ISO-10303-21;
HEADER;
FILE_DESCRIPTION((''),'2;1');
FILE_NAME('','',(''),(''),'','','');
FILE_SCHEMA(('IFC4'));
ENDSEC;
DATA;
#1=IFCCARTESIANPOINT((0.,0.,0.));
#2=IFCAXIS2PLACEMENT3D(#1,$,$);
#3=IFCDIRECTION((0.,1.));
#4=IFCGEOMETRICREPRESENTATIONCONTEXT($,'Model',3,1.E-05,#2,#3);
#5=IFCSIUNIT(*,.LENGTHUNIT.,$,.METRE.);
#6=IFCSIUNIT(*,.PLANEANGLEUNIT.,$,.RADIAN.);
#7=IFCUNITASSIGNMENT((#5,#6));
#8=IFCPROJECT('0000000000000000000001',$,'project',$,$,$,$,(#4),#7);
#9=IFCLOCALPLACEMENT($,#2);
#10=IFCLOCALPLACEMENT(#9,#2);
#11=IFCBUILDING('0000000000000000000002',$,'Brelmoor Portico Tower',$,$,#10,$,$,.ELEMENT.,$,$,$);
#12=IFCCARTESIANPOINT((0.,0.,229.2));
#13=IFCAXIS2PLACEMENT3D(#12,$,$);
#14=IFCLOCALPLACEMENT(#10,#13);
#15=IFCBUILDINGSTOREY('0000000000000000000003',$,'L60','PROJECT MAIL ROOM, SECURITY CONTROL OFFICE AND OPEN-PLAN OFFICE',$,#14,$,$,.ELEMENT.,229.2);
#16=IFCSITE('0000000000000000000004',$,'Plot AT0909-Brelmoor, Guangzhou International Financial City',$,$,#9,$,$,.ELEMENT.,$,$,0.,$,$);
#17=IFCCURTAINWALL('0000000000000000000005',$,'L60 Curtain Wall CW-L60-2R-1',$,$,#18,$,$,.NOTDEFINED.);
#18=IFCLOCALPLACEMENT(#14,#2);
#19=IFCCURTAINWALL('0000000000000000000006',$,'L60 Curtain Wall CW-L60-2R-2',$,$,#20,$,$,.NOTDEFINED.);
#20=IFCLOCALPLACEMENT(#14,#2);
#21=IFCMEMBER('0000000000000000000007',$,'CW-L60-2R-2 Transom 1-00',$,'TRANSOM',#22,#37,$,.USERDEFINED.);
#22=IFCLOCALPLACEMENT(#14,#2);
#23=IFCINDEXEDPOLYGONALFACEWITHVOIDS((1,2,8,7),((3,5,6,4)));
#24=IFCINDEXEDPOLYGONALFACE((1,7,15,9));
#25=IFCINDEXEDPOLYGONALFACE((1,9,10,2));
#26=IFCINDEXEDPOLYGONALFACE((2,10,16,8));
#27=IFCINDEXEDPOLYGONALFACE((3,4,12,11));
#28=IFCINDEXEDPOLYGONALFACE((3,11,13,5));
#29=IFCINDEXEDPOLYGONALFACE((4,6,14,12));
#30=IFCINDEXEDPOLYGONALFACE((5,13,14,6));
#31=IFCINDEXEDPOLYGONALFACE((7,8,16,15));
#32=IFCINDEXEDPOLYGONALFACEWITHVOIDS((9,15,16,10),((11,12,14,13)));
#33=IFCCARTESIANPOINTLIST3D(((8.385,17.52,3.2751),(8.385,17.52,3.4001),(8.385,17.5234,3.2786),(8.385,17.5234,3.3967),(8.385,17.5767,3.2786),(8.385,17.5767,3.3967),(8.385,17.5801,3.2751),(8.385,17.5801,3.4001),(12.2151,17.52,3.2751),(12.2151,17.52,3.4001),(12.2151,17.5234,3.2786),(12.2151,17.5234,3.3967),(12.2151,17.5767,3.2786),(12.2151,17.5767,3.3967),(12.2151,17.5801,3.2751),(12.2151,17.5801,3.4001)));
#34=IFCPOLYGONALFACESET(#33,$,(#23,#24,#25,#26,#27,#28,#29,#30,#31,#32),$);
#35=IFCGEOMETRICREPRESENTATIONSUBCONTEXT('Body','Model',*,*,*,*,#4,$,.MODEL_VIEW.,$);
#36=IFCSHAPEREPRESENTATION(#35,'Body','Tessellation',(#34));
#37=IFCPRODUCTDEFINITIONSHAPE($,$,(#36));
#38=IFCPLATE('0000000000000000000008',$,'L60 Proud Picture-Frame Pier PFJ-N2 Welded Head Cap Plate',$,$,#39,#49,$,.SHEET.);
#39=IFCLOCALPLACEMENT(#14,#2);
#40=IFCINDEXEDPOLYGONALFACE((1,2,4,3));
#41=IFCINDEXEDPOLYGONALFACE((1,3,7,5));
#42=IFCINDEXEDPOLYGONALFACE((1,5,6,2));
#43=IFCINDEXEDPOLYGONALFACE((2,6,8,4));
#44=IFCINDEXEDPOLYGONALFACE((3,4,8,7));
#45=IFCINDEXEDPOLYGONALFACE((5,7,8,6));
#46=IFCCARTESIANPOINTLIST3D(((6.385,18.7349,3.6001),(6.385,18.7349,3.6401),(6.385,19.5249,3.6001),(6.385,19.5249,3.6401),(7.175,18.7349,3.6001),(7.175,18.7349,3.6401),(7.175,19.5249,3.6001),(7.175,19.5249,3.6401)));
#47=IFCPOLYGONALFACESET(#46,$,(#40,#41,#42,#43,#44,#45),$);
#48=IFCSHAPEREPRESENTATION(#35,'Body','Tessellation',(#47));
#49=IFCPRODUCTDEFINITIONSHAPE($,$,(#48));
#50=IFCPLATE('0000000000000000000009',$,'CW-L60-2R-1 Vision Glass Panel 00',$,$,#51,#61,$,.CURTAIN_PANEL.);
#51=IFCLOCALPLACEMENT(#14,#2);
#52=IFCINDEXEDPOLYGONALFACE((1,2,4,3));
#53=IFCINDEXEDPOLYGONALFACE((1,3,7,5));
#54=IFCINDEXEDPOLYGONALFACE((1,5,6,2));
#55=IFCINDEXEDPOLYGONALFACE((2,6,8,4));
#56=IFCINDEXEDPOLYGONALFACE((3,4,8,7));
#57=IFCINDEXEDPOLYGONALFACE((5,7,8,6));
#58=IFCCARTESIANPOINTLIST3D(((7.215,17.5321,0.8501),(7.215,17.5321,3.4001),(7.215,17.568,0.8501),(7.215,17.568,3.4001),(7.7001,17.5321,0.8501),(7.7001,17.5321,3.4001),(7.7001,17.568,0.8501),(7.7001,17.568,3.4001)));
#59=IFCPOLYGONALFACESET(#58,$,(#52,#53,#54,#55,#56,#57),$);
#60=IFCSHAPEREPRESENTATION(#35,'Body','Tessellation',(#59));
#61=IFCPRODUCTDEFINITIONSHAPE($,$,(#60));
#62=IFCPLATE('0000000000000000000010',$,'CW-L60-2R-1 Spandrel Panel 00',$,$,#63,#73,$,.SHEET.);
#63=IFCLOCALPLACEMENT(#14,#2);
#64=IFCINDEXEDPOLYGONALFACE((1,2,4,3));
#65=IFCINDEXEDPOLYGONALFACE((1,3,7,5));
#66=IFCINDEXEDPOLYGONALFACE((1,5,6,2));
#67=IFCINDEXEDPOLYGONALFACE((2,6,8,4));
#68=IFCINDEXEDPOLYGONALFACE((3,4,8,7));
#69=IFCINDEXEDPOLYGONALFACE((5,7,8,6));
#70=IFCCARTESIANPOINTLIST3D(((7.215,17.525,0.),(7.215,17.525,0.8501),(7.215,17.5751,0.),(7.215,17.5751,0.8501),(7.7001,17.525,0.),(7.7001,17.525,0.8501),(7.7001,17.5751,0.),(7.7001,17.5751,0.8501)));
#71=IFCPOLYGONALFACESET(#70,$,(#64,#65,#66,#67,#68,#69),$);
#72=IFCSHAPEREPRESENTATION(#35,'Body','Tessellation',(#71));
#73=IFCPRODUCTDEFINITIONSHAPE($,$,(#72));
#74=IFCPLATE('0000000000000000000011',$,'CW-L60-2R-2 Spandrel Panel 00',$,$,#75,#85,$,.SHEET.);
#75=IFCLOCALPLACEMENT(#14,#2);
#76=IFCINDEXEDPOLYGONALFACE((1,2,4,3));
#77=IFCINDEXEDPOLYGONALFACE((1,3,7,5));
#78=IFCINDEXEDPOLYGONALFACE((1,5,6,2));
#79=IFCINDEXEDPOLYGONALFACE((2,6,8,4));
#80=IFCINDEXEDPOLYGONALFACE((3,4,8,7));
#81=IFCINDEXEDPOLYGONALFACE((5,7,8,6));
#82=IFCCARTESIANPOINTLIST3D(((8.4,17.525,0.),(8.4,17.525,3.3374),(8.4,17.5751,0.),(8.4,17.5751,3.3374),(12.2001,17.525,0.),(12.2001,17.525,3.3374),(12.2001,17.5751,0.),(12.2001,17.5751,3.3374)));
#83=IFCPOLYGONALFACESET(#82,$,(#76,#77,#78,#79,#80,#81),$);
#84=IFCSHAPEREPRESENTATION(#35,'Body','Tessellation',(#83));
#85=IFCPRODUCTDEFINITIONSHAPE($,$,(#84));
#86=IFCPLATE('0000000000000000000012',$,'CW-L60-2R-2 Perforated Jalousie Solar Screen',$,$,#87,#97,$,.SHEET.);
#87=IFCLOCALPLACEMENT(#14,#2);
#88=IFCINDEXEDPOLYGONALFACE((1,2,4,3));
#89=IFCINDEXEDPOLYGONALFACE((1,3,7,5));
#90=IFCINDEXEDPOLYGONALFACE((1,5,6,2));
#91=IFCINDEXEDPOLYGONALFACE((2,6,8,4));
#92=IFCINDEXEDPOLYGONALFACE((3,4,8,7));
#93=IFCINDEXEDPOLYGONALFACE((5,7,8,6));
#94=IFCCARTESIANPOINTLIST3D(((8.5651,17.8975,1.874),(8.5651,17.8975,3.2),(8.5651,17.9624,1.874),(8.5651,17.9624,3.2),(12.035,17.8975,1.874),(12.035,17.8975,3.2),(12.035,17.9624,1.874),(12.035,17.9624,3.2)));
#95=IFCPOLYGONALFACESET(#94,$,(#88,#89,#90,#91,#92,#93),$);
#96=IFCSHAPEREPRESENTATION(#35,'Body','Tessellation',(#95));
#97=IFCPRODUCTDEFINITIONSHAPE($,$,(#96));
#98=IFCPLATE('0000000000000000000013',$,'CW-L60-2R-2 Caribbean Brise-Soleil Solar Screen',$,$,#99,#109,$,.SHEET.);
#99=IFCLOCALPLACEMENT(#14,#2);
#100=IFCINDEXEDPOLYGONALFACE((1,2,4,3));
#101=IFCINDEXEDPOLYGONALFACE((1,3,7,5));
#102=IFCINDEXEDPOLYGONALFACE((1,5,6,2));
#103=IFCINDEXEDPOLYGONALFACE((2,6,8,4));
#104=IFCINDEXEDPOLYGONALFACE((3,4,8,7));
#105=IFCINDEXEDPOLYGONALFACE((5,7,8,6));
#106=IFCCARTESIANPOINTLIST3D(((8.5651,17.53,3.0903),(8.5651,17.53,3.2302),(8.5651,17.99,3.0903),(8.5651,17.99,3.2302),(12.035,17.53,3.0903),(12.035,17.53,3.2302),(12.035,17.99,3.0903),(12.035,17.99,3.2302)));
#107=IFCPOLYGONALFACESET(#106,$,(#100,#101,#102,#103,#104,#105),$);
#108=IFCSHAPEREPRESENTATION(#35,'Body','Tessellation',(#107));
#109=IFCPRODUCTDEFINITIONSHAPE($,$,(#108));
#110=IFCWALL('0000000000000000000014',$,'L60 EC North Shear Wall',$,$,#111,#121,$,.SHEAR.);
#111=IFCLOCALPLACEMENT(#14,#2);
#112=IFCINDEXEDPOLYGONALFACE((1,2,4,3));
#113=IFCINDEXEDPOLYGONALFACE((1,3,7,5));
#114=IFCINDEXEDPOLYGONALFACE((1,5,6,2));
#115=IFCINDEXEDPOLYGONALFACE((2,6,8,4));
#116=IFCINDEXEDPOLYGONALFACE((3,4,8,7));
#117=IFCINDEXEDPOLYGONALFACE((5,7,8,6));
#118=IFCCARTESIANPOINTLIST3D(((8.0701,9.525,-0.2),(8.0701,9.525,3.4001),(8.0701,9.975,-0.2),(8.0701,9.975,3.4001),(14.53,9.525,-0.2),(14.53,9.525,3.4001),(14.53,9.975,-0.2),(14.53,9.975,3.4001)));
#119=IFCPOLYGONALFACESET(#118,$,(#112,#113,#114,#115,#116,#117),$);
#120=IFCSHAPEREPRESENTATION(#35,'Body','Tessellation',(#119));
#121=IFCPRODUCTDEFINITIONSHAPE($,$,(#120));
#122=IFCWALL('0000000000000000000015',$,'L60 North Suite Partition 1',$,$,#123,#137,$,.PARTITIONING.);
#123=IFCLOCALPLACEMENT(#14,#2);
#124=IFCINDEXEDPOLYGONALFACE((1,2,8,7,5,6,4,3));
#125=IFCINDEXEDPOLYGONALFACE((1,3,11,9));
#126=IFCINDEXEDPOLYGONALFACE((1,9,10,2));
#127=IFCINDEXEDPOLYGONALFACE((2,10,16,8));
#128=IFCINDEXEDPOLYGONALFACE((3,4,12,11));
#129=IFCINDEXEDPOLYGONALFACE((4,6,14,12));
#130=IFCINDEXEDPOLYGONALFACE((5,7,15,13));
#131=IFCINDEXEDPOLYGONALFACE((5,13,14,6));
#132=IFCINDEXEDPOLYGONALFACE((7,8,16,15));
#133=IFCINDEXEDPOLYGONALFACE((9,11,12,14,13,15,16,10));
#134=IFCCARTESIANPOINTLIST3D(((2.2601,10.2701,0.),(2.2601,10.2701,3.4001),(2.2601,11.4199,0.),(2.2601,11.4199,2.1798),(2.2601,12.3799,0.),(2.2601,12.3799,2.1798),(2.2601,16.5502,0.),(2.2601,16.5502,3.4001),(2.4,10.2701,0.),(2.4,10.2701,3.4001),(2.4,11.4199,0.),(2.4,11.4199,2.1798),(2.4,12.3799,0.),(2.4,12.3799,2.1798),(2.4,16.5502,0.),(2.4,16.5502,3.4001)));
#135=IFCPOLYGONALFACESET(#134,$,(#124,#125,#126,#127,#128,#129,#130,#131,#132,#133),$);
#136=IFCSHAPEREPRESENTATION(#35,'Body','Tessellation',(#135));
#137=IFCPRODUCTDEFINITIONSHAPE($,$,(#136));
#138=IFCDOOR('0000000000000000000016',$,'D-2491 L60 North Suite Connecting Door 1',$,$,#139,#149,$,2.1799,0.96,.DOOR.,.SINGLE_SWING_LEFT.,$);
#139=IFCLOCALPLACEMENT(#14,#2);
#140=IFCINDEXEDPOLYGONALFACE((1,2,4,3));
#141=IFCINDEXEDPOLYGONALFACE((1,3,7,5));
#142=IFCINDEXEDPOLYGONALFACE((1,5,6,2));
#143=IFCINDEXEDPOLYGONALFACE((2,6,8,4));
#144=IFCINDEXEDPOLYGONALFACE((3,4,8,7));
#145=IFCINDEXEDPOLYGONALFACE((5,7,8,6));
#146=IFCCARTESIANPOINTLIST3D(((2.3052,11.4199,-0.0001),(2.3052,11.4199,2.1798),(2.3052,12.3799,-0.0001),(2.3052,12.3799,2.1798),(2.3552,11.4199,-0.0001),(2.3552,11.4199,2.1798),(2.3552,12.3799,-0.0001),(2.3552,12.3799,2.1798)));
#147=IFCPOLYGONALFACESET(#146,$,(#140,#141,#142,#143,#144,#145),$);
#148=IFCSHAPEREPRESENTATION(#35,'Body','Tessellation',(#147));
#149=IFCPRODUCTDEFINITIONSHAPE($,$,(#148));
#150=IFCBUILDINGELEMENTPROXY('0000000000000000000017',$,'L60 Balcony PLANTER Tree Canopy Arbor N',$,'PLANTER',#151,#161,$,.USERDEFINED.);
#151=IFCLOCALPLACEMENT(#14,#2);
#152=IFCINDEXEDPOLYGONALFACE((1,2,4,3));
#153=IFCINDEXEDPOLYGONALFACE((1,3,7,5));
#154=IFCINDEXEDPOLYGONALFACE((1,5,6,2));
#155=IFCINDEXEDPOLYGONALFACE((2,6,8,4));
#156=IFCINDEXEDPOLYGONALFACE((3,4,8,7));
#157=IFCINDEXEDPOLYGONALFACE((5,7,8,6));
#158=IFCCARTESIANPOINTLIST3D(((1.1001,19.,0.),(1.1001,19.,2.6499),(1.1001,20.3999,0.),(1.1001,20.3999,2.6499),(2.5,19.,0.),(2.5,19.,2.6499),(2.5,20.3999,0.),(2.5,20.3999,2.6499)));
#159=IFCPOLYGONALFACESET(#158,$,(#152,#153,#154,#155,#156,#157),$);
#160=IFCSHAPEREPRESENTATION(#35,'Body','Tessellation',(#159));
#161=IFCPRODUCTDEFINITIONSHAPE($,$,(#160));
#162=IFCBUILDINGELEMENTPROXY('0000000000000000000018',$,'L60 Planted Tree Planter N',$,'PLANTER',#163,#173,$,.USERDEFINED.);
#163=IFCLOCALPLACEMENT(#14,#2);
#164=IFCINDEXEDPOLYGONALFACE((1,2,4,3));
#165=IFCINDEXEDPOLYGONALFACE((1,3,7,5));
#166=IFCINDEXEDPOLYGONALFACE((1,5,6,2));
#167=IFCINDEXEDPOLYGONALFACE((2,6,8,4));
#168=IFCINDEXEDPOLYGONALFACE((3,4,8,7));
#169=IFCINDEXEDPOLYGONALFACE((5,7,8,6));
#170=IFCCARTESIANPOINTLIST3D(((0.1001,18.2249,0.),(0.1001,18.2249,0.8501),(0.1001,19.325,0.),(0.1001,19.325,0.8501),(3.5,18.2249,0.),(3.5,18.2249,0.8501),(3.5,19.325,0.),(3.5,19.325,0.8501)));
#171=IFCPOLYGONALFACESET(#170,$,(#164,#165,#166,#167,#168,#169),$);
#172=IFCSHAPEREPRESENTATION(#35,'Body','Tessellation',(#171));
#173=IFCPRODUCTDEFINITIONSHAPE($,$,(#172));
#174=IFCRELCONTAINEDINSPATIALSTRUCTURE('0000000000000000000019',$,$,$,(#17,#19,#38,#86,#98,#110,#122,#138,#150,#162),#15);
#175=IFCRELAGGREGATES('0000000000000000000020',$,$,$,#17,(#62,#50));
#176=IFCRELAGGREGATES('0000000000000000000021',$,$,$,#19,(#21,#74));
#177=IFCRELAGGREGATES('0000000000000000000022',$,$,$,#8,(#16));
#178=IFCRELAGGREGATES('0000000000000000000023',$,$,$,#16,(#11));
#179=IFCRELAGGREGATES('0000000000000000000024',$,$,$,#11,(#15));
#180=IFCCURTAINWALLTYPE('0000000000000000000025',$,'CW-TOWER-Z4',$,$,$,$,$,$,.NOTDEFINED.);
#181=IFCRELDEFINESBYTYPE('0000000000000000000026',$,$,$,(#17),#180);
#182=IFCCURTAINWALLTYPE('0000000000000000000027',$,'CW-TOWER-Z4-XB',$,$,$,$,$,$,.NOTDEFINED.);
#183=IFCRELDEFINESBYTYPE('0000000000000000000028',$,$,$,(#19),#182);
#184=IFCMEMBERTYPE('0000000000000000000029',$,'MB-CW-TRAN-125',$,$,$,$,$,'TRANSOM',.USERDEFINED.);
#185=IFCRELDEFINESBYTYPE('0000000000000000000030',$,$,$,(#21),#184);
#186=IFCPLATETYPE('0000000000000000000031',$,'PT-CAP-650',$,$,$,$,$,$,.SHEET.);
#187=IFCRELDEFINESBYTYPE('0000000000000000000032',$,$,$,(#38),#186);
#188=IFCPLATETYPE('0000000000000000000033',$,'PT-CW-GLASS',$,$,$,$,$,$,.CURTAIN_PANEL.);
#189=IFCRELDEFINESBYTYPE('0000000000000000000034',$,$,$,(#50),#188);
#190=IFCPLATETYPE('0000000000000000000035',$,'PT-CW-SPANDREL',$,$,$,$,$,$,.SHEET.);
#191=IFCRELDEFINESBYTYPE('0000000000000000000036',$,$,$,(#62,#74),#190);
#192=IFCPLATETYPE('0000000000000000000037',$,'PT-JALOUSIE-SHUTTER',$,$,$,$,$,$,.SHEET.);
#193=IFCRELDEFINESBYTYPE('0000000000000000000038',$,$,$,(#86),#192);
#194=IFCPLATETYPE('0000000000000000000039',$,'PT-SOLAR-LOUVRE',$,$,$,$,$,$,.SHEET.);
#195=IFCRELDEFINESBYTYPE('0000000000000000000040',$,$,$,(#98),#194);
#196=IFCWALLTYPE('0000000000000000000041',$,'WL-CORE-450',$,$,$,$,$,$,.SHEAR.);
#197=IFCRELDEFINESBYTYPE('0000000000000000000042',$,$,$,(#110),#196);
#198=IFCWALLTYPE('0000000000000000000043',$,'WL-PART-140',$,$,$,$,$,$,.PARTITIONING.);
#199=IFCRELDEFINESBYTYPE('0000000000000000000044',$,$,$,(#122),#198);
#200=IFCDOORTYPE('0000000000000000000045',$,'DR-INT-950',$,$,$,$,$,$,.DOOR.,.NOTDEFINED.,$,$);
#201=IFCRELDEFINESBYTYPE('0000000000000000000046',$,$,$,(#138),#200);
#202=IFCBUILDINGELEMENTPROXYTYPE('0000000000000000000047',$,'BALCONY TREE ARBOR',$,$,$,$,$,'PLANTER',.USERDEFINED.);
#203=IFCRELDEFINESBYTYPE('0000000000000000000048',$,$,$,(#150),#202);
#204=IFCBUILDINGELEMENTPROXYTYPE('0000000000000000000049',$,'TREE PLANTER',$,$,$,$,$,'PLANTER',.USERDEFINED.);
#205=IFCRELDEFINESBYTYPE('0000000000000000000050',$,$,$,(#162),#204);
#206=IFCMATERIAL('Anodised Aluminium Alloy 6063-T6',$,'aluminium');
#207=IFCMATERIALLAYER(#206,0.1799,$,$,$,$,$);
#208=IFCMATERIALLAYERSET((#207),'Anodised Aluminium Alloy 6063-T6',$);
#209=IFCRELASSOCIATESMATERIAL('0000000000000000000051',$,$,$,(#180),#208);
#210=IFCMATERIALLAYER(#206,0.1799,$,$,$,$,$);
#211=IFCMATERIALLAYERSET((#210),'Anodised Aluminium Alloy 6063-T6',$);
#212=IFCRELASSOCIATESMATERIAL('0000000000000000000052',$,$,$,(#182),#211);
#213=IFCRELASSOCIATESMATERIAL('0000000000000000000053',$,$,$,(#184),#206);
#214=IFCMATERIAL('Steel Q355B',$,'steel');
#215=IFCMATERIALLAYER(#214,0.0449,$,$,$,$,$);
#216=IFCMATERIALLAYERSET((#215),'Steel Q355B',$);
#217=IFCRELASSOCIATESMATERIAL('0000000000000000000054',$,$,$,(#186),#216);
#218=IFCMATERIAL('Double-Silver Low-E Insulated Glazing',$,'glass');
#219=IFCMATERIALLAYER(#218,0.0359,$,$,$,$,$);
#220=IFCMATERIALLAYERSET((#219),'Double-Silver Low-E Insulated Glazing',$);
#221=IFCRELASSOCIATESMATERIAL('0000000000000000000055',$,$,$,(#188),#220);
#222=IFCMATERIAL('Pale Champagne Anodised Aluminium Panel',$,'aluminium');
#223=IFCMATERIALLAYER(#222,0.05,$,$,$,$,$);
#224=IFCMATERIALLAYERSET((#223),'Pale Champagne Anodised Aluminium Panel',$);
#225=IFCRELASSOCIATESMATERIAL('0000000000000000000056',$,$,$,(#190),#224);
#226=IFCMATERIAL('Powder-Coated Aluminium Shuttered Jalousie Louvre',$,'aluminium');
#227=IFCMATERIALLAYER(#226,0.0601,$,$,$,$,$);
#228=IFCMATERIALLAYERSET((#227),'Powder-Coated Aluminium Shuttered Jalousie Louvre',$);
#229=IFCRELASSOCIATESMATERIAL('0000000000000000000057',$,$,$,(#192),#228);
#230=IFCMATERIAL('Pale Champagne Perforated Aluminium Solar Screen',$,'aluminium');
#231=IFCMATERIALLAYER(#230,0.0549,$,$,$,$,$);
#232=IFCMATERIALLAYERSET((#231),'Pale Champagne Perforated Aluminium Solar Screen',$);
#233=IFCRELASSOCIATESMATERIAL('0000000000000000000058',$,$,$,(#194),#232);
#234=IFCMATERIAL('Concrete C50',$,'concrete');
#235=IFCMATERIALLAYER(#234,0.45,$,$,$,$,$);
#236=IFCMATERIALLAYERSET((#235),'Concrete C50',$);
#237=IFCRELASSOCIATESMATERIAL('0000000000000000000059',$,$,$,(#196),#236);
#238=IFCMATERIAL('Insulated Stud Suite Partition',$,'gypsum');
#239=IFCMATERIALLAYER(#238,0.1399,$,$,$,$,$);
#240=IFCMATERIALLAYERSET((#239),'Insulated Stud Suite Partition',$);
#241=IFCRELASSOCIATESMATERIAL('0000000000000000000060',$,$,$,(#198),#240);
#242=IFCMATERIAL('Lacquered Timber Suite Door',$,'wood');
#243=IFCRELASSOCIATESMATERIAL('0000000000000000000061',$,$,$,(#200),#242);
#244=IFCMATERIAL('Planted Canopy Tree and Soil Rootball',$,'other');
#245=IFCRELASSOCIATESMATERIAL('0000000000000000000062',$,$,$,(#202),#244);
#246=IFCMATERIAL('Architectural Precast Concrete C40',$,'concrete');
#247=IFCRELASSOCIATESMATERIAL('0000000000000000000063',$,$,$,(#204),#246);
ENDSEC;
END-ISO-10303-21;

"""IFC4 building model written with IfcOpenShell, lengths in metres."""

from ifc_helpers import new_model, si_unit, direction, frame, frame_2d, origin, origin_2d, place, context, subcontext, project, spatial, rectangle, hollow_rectangle, extrude, material, layer, layer_set, material_profile, profile_set, type_object, element, fill, aggregate, save


model = new_model("IFC4")

# Units and contexts
model_context = context("Model", 3, precision=1e-05, world=origin(), true_north=direction((0.0, 1.0)))
body_context = subcontext(model_context, "Body", "Model", "MODEL_VIEW")
ifc_project = project(units=[si_unit("LENGTHUNIT", "METRE"), si_unit("PLANEANGLEUNIT", "RADIAN")], contexts=[model_context])

# Site, building, storey
site_placement = place(None, origin())
site = spatial("IfcSite", under=ifc_project, at=site_placement, Name="Plot AT0909-Brelmoor, Guangzhou International Financial City", CompositionType="ELEMENT", RefElevation=0.0)
building_placement = place(site_placement, origin())
building = spatial("IfcBuilding", under=site, at=building_placement, Name="Brelmoor Portico Tower", CompositionType="ELEMENT")
storey_placement = place(building_placement, frame((0.0, 0.0, 229.2)))
storey = spatial("IfcBuildingStorey", under=building, at=storey_placement, Name="L60", Description="PROJECT MAIL ROOM, SECURITY CONTROL OFFICE AND OPEN-PLAN OFFICE", CompositionType="ELEMENT", Elevation=229.2)

# Shared definitions
ifc_material_1 = material(Name="Steel Q355B", Category="steel")

# Curtain walls
ifc_material_2 = material(Name="Anodised Aluminium Alloy 6063-T6", Category="aluminium")
ifc_layer_1 = layer(ifc_material_2, 0.1799)
ifc_layer_set_1 = layer_set([ifc_layer_1], Name="Anodised Aluminium Alloy 6063-T6")
curtain_wall_type_1 = type_object("IfcCurtainWallType", Name="CW-TOWER-Z4", PredefinedType="NOTDEFINED", material=ifc_layer_set_1)
curtain_wall_1_placement = place(storey_placement, origin())
curtain_wall_1 = element("IfcCurtainWall", 1, at=curtain_wall_1_placement, inside=storey, type_object=curtain_wall_type_1, Name="L60 Curtain Wall CW-L60-2R-1", PredefinedType="NOTDEFINED")
ifc_layer_2 = layer(ifc_material_2, 0.1799)
ifc_layer_set_2 = layer_set([ifc_layer_2], Name="Anodised Aluminium Alloy 6063-T6")
curtain_wall_type_2 = type_object("IfcCurtainWallType", Name="CW-TOWER-Z4-XB", PredefinedType="NOTDEFINED", material=ifc_layer_set_2)
curtain_wall_2_placement = place(storey_placement, origin())
curtain_wall_2 = element("IfcCurtainWall", 2, at=curtain_wall_2_placement, inside=storey, type_object=curtain_wall_type_2, Name="L60 Curtain Wall CW-L60-2R-2", PredefinedType="NOTDEFINED")

# Member
ifc_material_profile_1 = material_profile(ifc_material_2, hollow_rectangle(XDim=0.0601, YDim=0.125, WallThickness=0.0034, at=origin_2d()), Name="ALU TRANSOM 60x125")
ifc_profile_set_1 = profile_set([ifc_material_profile_1], Name="Anodised Aluminium Alloy 6063-T6")
member_type_1 = type_object("IfcMemberType", Name="MB-CW-TRAN-125", ElementType="TRANSOM", PredefinedType="USERDEFINED", material=ifc_profile_set_1)
member_1_placement = place(storey_placement, frame((8.385, 17.55, 3.3376), z_axis=(1.0, 0.0, 0.0), x_axis=(0.0, 1.0, 0.0)))
member_1 = element("IfcMember", 3, at=member_1_placement, type_object=member_type_1, Name="CW-L60-2R-2 Transom 1-00", ObjectType="TRANSOM", PredefinedType="USERDEFINED", context=body_context, shape_type="SweptSolid", body=[
    extrude(hollow_rectangle(XDim=0.0601, YDim=0.125, WallThickness=0.0034, at=origin_2d()), origin(), (0.0, 0.0, 1.0), 3.8301),
])

# Plates
ifc_layer_3 = layer(ifc_material_1, 0.0449)
ifc_layer_set_3 = layer_set([ifc_layer_3], Name="Steel Q355B")
plate_type_1 = type_object("IfcPlateType", Name="PT-CAP-650", PredefinedType="SHEET", material=ifc_layer_set_3)
plate_1_placement = place(storey_placement, frame((6.78, 19.1299, 3.6001), z_axis=(0.0, 0.0, 1.0), x_axis=(1.0, 0.0, 0.0)))
element("IfcPlate", 4, at=plate_1_placement, inside=storey, type_object=plate_type_1, Name="L60 Proud Picture-Frame Pier PFJ-N2 Welded Head Cap Plate", PredefinedType="SHEET", context=body_context, shape_type="SweptSolid", body=[
    extrude(rectangle(XDim=0.79, YDim=0.79, at=origin_2d()), origin(), (0.0, 0.0, 1.0), 0.04),
])
ifc_material_3 = material(Name="Double-Silver Low-E Insulated Glazing", Category="glass")
ifc_layer_4 = layer(ifc_material_3, 0.0359)
ifc_layer_set_4 = layer_set([ifc_layer_4], Name="Double-Silver Low-E Insulated Glazing")
plate_type_2 = type_object("IfcPlateType", Name="PT-CW-GLASS", PredefinedType="CURTAIN_PANEL", material=ifc_layer_set_4)
plate_2_placement = place(storey_placement, frame((7.4575, 17.55, 0.8501), z_axis=(0.0, 0.0, 1.0), x_axis=(1.0, 0.0, 0.0)))
plate_2 = element("IfcPlate", 5, at=plate_2_placement, type_object=plate_type_2, Name="CW-L60-2R-1 Vision Glass Panel 00", PredefinedType="CURTAIN_PANEL", context=body_context, shape_type="SweptSolid", body=[
    extrude(rectangle(XDim=0.4851, YDim=0.0359, at=origin_2d()), origin(), (0.0, 0.0, 1.0), 2.55),
])
ifc_material_4 = material(Name="Pale Champagne Anodised Aluminium Panel", Category="aluminium")
ifc_layer_5 = layer(ifc_material_4, 0.05)
ifc_layer_set_5 = layer_set([ifc_layer_5], Name="Pale Champagne Anodised Aluminium Panel")
plate_type_3 = type_object("IfcPlateType", Name="PT-CW-SPANDREL", PredefinedType="SHEET", material=ifc_layer_set_5)
plate_3_placement = place(storey_placement, frame((7.4575, 17.55, 0.0), z_axis=(0.0, 0.0, 1.0), x_axis=(1.0, 0.0, 0.0)))
plate_3 = element("IfcPlate", 6, at=plate_3_placement, type_object=plate_type_3, Name="CW-L60-2R-1 Spandrel Panel 00", PredefinedType="SHEET", context=body_context, shape_type="SweptSolid", body=[
    extrude(rectangle(XDim=0.4851, YDim=0.05, at=origin_2d()), origin(), (0.0, 0.0, 1.0), 0.8501),
])
aggregate(curtain_wall_1, [plate_3, plate_2])
plate_4_placement = place(storey_placement, frame((10.3, 17.55, 0.0), z_axis=(0.0, 0.0, 1.0), x_axis=(1.0, 0.0, 0.0)))
plate_4 = element("IfcPlate", 7, at=plate_4_placement, type_object=plate_type_3, Name="CW-L60-2R-2 Spandrel Panel 00", PredefinedType="SHEET", context=body_context, shape_type="SweptSolid", body=[
    extrude(rectangle(XDim=3.8, YDim=0.05, at=origin_2d()), origin(), (0.0, 0.0, 1.0), 3.3374),
])
aggregate(curtain_wall_2, [member_1, plate_4])

# Plates
ifc_material_5 = material(Name="Powder-Coated Aluminium Shuttered Jalousie Louvre", Category="aluminium")
ifc_layer_6 = layer(ifc_material_5, 0.0601)
ifc_layer_set_6 = layer_set([ifc_layer_6], Name="Powder-Coated Aluminium Shuttered Jalousie Louvre")
plate_type_4 = type_object("IfcPlateType", Name="PT-JALOUSIE-SHUTTER", PredefinedType="SHEET", material=ifc_layer_set_6)
plate_5_placement = place(storey_placement, frame((10.3, 17.9299, 1.874), z_axis=(0.0, 0.0, 1.0), x_axis=(1.0, 0.0, 0.0)))
element("IfcPlate", 8, at=plate_5_placement, inside=storey, type_object=plate_type_4, Name="CW-L60-2R-2 Perforated Jalousie Solar Screen", PredefinedType="SHEET", context=body_context, shape_type="SweptSolid", body=[
    extrude(rectangle(XDim=3.47, YDim=0.0649, at=origin_2d()), origin(), (0.0, 0.0, 1.0), 1.3259),
])
ifc_material_6 = material(Name="Pale Champagne Perforated Aluminium Solar Screen", Category="aluminium")
ifc_layer_7 = layer(ifc_material_6, 0.0549)
ifc_layer_set_7 = layer_set([ifc_layer_7], Name="Pale Champagne Perforated Aluminium Solar Screen")
plate_type_5 = type_object("IfcPlateType", Name="PT-SOLAR-LOUVRE", PredefinedType="SHEET", material=ifc_layer_set_7)
plate_6_placement = place(storey_placement, frame((10.3, 17.76, 3.0903), z_axis=(0.0, 0.0, 1.0), x_axis=(1.0, 0.0, 0.0)))
element("IfcPlate", 9, at=plate_6_placement, inside=storey, type_object=plate_type_5, Name="CW-L60-2R-2 Caribbean Brise-Soleil Solar Screen", PredefinedType="SHEET", context=body_context, shape_type="SweptSolid", body=[
    extrude(rectangle(XDim=3.47, YDim=0.46, at=origin_2d()), origin(), (0.0, 0.0, 1.0), 0.1399),
])

# Wall
ifc_material_7 = material(Name="Concrete C50", Category="concrete")
ifc_layer_8 = layer(ifc_material_7, 0.45)
ifc_layer_set_8 = layer_set([ifc_layer_8], Name="Concrete C50")
wall_type_1 = type_object("IfcWallType", Name="WL-CORE-450", PredefinedType="SHEAR", material=ifc_layer_set_8)
wall_1_placement = place(storey_placement, frame((8.0701, 9.75, -0.2), z_axis=(0.0, 0.0, 1.0), x_axis=(1.0, 0.0, 0.0)))
element("IfcWall", 10, at=wall_1_placement, inside=storey, type_object=wall_type_1, Name="L60 EC North Shear Wall", PredefinedType="SHEAR", context=body_context, shape_type="SweptSolid", body=[
    extrude(rectangle(XDim=6.46, YDim=0.45, at=frame_2d((3.23, 0.0))), origin(), (0.0, 0.0, 1.0), 3.6001),
])

# Wall, opening, door
ifc_material_8 = material(Name="Insulated Stud Suite Partition", Category="gypsum")
ifc_layer_9 = layer(ifc_material_8, 0.1399)
ifc_layer_set_9 = layer_set([ifc_layer_9], Name="Insulated Stud Suite Partition")
wall_type_2 = type_object("IfcWallType", Name="WL-PART-140", PredefinedType="PARTITIONING", material=ifc_layer_set_9)
wall_2_placement = place(storey_placement, frame((2.3301, 10.27, 0.0), z_axis=(0.0, 0.0, 1.0), x_axis=(0.0, 1.0, 0.0)))
wall_2 = element("IfcWall", 11, at=wall_2_placement, inside=storey, type_object=wall_type_2, Name="L60 North Suite Partition 1", PredefinedType="PARTITIONING", context=body_context, shape_type="SweptSolid", body=[
    extrude(rectangle(XDim=6.28, YDim=0.1399, at=frame_2d((3.1401, 0.0))), origin(), (0.0, 0.0, 1.0), 3.4001),
])
opening_placement = place(wall_2_placement, frame((1.1499, 0.0, 0.0)))
opening = element("IfcOpeningElement", 12, at=opening_placement, cuts=wall_2, PredefinedType="OPENING", context=body_context, shape_type="SweptSolid", body=[
    extrude(rectangle(XDim=0.96, YDim=2.1799, at=frame_2d((0.48, 1.0898))), frame((0.0, 0.0798, 0.0), z_axis=(0.0, -1.0, 0.0), x_axis=(1.0, 0.0, 0.0)), (0.0, 0.0, 1.0), 0.1599),
])
ifc_material_9 = material(Name="Lacquered Timber Suite Door", Category="wood")
door_type = type_object("IfcDoorType", Name="DR-INT-950", OperationType="NOTDEFINED", PredefinedType="DOOR", material=ifc_material_9)
door_placement = place(opening_placement, origin())
door = element("IfcDoor", 13, at=door_placement, inside=storey, type_object=door_type, Name="D-2491 L60 North Suite Connecting Door 1", OperationType="SINGLE_SWING_LEFT", OverallHeight=2.1799, OverallWidth=0.96, PredefinedType="DOOR", context=body_context, shape_type="SweptSolid", body=[
    extrude(rectangle(XDim=0.96, YDim=2.1799, at=frame_2d((0.48, 1.0898))), frame((0.0, 0.0249, 0.0), z_axis=(0.0, -1.0, 0.0), x_axis=(1.0, 0.0, 0.0)), (0.0, 0.0, 1.0), 0.05),
])
fill(opening, door)

# Building element proxies
ifc_material_10 = material(Name="Planted Canopy Tree and Soil Rootball", Category="other")
building_element_proxy_type_1 = type_object("IfcBuildingElementProxyType", Name="BALCONY TREE ARBOR", ElementType="PLANTER", PredefinedType="USERDEFINED", material=ifc_material_10)
proxy_1_placement = place(storey_placement, frame((1.8, 19.7, 0.0), z_axis=(0.0, 0.0, 1.0), x_axis=(1.0, 0.0, 0.0)))
element("IfcBuildingElementProxy", 14, at=proxy_1_placement, inside=storey, type_object=building_element_proxy_type_1, Name="L60 Balcony PLANTER Tree Canopy Arbor N", ObjectType="PLANTER", PredefinedType="USERDEFINED", context=body_context, shape_type="SweptSolid", body=[
    extrude(rectangle(XDim=1.3999, YDim=1.3999, at=origin_2d()), origin(), (0.0, 0.0, 1.0), 2.6499),
])
ifc_material_11 = material(Name="Architectural Precast Concrete C40", Category="concrete")
building_element_proxy_type_2 = type_object("IfcBuildingElementProxyType", Name="TREE PLANTER", ElementType="PLANTER", PredefinedType="USERDEFINED", material=ifc_material_11)
proxy_2_placement = place(storey_placement, frame((1.8, 18.7749, 0.0), z_axis=(0.0, 0.0, 1.0), x_axis=(1.0, 0.0, 0.0)))
element("IfcBuildingElementProxy", 15, at=proxy_2_placement, inside=storey, type_object=building_element_proxy_type_2, Name="L60 Planted Tree Planter N", ObjectType="PLANTER", PredefinedType="USERDEFINED", context=body_context, shape_type="SweptSolid", body=[
    extrude(rectangle(XDim=3.3999, YDim=1.1001, at=origin_2d()), origin(), (0.0, 0.0, 1.0), 0.8501),
])

save(model, "model.ifc")
